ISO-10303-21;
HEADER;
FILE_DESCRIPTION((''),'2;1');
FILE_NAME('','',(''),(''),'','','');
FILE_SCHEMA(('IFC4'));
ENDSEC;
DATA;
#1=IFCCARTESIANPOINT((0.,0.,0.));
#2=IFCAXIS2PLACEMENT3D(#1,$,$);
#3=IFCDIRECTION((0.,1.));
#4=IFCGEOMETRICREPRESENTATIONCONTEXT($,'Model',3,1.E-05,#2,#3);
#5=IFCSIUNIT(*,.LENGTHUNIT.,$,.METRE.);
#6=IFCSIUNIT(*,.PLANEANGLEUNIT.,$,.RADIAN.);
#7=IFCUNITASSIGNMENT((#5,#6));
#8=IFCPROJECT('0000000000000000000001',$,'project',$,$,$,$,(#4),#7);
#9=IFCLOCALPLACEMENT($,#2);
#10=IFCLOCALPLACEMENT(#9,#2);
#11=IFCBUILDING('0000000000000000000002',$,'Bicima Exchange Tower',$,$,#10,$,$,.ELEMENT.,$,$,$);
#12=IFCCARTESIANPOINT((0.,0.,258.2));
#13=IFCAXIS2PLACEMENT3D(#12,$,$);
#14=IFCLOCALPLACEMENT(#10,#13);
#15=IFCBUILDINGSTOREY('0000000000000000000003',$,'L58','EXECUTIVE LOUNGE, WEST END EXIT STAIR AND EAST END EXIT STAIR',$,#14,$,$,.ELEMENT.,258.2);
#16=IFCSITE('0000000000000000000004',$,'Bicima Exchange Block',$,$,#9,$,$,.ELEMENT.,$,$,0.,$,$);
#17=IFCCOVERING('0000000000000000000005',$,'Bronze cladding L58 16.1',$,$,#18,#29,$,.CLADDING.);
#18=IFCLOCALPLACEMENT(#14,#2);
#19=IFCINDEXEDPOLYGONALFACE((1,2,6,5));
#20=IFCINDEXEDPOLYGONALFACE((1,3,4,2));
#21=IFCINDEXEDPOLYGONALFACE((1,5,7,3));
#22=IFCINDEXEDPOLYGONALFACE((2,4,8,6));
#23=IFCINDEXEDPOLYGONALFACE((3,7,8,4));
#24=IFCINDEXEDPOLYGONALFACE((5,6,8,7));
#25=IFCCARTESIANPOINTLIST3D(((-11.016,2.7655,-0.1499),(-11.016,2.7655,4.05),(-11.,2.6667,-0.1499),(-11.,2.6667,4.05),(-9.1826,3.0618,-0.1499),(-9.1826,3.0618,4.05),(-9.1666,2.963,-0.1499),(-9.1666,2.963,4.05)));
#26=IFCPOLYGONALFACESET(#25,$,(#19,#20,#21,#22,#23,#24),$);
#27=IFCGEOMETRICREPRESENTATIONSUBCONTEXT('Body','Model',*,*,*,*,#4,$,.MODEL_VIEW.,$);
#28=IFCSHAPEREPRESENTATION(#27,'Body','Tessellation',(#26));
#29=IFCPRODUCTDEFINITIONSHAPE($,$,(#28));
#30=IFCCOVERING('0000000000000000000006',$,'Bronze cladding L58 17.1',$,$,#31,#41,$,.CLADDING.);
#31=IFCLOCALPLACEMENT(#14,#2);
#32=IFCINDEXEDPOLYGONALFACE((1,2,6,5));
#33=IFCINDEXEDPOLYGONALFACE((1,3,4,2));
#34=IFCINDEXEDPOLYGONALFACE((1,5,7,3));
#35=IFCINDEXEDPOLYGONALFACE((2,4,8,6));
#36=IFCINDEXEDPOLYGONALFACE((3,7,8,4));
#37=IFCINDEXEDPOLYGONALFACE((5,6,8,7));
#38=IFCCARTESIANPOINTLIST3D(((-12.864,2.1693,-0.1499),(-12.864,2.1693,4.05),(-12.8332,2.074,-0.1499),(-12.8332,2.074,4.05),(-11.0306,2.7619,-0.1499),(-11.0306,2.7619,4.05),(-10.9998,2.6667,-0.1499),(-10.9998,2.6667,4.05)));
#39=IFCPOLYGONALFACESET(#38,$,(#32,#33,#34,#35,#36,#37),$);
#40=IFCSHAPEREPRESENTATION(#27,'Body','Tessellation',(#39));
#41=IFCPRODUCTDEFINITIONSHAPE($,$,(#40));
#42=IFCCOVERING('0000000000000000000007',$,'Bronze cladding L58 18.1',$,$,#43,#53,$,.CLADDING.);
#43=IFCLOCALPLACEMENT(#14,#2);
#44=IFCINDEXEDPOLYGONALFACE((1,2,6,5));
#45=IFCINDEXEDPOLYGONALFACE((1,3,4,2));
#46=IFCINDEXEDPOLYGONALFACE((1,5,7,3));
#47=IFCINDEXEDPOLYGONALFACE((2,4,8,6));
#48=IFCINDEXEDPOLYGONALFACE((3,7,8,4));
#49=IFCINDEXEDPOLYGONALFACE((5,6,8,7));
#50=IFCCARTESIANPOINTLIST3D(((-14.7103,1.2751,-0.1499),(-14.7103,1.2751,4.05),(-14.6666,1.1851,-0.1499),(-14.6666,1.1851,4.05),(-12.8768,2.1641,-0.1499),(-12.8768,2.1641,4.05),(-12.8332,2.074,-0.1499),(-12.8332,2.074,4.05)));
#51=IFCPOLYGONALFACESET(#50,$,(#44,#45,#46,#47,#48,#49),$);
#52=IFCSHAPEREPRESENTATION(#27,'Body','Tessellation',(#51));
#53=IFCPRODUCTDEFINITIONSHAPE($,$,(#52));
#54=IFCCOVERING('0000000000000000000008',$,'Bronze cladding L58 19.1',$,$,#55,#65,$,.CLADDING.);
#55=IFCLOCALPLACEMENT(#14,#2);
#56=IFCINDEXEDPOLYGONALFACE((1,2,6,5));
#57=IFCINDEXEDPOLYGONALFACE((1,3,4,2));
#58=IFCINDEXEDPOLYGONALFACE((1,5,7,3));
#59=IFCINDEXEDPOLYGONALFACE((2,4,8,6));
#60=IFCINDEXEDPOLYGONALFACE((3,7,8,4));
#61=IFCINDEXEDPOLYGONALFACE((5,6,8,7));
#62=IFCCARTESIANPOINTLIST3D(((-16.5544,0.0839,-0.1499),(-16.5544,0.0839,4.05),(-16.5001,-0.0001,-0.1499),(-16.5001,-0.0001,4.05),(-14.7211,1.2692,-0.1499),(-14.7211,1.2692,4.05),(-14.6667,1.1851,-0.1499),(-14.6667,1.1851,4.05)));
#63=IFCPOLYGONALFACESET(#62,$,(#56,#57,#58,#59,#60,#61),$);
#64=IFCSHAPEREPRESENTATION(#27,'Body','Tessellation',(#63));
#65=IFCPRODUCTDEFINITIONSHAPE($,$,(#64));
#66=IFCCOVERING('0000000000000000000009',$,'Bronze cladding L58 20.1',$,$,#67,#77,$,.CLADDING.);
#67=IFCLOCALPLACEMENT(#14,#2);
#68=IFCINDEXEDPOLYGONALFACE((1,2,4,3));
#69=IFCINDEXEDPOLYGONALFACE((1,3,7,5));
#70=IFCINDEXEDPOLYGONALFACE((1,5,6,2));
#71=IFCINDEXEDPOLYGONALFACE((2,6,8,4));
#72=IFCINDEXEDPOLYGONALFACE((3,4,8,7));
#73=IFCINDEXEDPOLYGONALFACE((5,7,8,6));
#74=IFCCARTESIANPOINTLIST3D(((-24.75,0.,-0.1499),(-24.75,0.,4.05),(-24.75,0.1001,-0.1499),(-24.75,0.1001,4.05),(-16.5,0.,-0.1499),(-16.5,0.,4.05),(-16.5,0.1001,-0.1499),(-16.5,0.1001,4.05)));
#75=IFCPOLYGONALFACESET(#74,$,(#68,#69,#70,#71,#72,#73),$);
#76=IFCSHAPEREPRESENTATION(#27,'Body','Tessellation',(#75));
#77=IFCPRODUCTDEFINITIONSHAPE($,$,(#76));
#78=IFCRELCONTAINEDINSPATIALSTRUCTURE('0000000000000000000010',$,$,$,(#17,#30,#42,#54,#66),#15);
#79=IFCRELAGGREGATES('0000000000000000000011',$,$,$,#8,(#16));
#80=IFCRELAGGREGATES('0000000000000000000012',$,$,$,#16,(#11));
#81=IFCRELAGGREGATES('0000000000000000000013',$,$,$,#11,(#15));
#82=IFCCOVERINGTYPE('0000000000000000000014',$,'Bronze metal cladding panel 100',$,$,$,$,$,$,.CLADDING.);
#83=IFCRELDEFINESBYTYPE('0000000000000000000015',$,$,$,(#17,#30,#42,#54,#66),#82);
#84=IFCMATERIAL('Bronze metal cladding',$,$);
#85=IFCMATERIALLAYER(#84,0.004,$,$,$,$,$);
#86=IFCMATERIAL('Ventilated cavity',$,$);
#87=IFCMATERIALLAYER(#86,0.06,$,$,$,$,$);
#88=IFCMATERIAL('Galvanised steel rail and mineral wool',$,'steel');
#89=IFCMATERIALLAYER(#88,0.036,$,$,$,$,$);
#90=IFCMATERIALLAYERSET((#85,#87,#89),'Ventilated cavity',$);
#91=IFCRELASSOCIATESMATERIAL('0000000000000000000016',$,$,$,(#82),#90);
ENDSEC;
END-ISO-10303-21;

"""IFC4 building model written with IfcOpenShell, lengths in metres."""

from ifc_helpers import new_model, si_unit, direction, frame, origin, origin_2d, place, context, subcontext, project, spatial, rectangle, extrude, material, layer, layer_set, type_object, element, save


model = new_model("IFC4")

# Units and contexts
model_context = context("Model", 3, precision=1e-05, world=origin(), true_north=direction((0.0, 1.0)))
body_context = subcontext(model_context, "Body", "Model", "MODEL_VIEW")
ifc_project = project(units=[si_unit("LENGTHUNIT", "METRE"), si_unit("PLANEANGLEUNIT", "RADIAN")], contexts=[model_context])

# Site, building, storey
site_placement = place(None, origin())
site = spatial("IfcSite", under=ifc_project, at=site_placement, Name="Bicima Exchange Block", CompositionType="ELEMENT", RefElevation=0.0)
building_placement = place(site_placement, origin())
building = spatial("IfcBuilding", under=site, at=building_placement, Name="Bicima Exchange Tower", CompositionType="ELEMENT")
storey_placement = place(building_placement, frame((0.0, 0.0, 258.2)))
storey = spatial("IfcBuildingStorey", under=building, at=storey_placement, Name="L58", Description="EXECUTIVE LOUNGE, WEST END EXIT STAIR AND EAST END EXIT STAIR", CompositionType="ELEMENT", Elevation=258.2)

# Coverings
ifc_material_1 = material(Name="Bronze metal cladding")
ifc_layer_1 = layer(ifc_material_1, 0.004)
ifc_material_2 = material(Name="Ventilated cavity")
ifc_layer_2 = layer(ifc_material_2, 0.06)
ifc_material_3 = material(Name="Galvanised steel rail and mineral wool", Category="steel")
ifc_layer_3 = layer(ifc_material_3, 0.036)
ifc_layer_set_1 = layer_set([ifc_layer_1, ifc_layer_2, ifc_layer_3], Name="Ventilated cavity")
covering_type = type_object("IfcCoveringType", Name="Bronze metal cladding panel 100", PredefinedType="CLADDING", material=ifc_layer_set_1)
covering_1_placement = place(storey_placement, frame((-10.0913, 2.8643, -0.1499), z_axis=(0.0, 0.0, 1.0), x_axis=(-0.98719, -0.15955, 0.0)))
element("IfcCovering", 1, at=covering_1_placement, inside=storey, type_object=covering_type, Name="Bronze cladding L58 16.1", PredefinedType="CLADDING", context=body_context, shape_type="SweptSolid", body=[
    extrude(rectangle(XDim=1.8572, YDim=0.1001, at=origin_2d()), origin(), (0.0, 0.0, 1.0), 4.2),
])
covering_2_placement = place(storey_placement, frame((-11.9319, 2.418, -0.1499), z_axis=(0.0, 0.0, 1.0), x_axis=(-0.951525, -0.307573, 0.0)))
element("IfcCovering", 2, at=covering_2_placement, inside=storey, type_object=covering_type, Name="Bronze cladding L58 17.1", PredefinedType="CLADDING", context=body_context, shape_type="SweptSolid", body=[
    extrude(rectangle(XDim=1.9268, YDim=0.1001, at=origin_2d()), origin(), (0.0, 0.0, 1.0), 4.2),
])
covering_3_placement = place(storey_placement, frame((-13.7717, 1.6746, -0.1499), z_axis=(0.0, 0.0, 1.0), x_axis=(-0.899818, -0.436265, 0.0)))
element("IfcCovering", 3, at=covering_3_placement, inside=storey, type_object=covering_type, Name="Bronze cladding L58 18.1", PredefinedType="CLADDING", context=body_context, shape_type="SweptSolid", body=[
    extrude(rectangle(XDim=2.0376, YDim=0.1001, at=origin_2d()), origin(), (0.0, 0.0, 1.0), 4.2),
])
covering_4_placement = place(storey_placement, frame((-15.6106, 0.6345, -0.1499), z_axis=(0.0, 0.0, 1.0), x_axis=(-0.83979, -0.542911, 0.0)))
element("IfcCovering", 4, at=covering_4_placement, inside=storey, type_object=covering_type, Name="Bronze cladding L58 19.1", PredefinedType="CLADDING", context=body_context, shape_type="SweptSolid", body=[
    extrude(rectangle(XDim=2.1831, YDim=0.1001, at=origin_2d()), origin(), (0.0, 0.0, 1.0), 4.2),
])
covering_5_placement = place(storey_placement, frame((-20.625, 0.05, -0.1499), z_axis=(0.0, 0.0, 1.0), x_axis=(-1.0, 0.0, 0.0)))
element("IfcCovering", 5, at=covering_5_placement, inside=storey, type_object=covering_type, Name="Bronze cladding L58 20.1", PredefinedType="CLADDING", context=body_context, shape_type="SweptSolid", body=[
    extrude(rectangle(XDim=8.25, YDim=0.1001, at=origin_2d()), origin(), (0.0, 0.0, 1.0), 4.2),
])

save(model, "model.ifc")
